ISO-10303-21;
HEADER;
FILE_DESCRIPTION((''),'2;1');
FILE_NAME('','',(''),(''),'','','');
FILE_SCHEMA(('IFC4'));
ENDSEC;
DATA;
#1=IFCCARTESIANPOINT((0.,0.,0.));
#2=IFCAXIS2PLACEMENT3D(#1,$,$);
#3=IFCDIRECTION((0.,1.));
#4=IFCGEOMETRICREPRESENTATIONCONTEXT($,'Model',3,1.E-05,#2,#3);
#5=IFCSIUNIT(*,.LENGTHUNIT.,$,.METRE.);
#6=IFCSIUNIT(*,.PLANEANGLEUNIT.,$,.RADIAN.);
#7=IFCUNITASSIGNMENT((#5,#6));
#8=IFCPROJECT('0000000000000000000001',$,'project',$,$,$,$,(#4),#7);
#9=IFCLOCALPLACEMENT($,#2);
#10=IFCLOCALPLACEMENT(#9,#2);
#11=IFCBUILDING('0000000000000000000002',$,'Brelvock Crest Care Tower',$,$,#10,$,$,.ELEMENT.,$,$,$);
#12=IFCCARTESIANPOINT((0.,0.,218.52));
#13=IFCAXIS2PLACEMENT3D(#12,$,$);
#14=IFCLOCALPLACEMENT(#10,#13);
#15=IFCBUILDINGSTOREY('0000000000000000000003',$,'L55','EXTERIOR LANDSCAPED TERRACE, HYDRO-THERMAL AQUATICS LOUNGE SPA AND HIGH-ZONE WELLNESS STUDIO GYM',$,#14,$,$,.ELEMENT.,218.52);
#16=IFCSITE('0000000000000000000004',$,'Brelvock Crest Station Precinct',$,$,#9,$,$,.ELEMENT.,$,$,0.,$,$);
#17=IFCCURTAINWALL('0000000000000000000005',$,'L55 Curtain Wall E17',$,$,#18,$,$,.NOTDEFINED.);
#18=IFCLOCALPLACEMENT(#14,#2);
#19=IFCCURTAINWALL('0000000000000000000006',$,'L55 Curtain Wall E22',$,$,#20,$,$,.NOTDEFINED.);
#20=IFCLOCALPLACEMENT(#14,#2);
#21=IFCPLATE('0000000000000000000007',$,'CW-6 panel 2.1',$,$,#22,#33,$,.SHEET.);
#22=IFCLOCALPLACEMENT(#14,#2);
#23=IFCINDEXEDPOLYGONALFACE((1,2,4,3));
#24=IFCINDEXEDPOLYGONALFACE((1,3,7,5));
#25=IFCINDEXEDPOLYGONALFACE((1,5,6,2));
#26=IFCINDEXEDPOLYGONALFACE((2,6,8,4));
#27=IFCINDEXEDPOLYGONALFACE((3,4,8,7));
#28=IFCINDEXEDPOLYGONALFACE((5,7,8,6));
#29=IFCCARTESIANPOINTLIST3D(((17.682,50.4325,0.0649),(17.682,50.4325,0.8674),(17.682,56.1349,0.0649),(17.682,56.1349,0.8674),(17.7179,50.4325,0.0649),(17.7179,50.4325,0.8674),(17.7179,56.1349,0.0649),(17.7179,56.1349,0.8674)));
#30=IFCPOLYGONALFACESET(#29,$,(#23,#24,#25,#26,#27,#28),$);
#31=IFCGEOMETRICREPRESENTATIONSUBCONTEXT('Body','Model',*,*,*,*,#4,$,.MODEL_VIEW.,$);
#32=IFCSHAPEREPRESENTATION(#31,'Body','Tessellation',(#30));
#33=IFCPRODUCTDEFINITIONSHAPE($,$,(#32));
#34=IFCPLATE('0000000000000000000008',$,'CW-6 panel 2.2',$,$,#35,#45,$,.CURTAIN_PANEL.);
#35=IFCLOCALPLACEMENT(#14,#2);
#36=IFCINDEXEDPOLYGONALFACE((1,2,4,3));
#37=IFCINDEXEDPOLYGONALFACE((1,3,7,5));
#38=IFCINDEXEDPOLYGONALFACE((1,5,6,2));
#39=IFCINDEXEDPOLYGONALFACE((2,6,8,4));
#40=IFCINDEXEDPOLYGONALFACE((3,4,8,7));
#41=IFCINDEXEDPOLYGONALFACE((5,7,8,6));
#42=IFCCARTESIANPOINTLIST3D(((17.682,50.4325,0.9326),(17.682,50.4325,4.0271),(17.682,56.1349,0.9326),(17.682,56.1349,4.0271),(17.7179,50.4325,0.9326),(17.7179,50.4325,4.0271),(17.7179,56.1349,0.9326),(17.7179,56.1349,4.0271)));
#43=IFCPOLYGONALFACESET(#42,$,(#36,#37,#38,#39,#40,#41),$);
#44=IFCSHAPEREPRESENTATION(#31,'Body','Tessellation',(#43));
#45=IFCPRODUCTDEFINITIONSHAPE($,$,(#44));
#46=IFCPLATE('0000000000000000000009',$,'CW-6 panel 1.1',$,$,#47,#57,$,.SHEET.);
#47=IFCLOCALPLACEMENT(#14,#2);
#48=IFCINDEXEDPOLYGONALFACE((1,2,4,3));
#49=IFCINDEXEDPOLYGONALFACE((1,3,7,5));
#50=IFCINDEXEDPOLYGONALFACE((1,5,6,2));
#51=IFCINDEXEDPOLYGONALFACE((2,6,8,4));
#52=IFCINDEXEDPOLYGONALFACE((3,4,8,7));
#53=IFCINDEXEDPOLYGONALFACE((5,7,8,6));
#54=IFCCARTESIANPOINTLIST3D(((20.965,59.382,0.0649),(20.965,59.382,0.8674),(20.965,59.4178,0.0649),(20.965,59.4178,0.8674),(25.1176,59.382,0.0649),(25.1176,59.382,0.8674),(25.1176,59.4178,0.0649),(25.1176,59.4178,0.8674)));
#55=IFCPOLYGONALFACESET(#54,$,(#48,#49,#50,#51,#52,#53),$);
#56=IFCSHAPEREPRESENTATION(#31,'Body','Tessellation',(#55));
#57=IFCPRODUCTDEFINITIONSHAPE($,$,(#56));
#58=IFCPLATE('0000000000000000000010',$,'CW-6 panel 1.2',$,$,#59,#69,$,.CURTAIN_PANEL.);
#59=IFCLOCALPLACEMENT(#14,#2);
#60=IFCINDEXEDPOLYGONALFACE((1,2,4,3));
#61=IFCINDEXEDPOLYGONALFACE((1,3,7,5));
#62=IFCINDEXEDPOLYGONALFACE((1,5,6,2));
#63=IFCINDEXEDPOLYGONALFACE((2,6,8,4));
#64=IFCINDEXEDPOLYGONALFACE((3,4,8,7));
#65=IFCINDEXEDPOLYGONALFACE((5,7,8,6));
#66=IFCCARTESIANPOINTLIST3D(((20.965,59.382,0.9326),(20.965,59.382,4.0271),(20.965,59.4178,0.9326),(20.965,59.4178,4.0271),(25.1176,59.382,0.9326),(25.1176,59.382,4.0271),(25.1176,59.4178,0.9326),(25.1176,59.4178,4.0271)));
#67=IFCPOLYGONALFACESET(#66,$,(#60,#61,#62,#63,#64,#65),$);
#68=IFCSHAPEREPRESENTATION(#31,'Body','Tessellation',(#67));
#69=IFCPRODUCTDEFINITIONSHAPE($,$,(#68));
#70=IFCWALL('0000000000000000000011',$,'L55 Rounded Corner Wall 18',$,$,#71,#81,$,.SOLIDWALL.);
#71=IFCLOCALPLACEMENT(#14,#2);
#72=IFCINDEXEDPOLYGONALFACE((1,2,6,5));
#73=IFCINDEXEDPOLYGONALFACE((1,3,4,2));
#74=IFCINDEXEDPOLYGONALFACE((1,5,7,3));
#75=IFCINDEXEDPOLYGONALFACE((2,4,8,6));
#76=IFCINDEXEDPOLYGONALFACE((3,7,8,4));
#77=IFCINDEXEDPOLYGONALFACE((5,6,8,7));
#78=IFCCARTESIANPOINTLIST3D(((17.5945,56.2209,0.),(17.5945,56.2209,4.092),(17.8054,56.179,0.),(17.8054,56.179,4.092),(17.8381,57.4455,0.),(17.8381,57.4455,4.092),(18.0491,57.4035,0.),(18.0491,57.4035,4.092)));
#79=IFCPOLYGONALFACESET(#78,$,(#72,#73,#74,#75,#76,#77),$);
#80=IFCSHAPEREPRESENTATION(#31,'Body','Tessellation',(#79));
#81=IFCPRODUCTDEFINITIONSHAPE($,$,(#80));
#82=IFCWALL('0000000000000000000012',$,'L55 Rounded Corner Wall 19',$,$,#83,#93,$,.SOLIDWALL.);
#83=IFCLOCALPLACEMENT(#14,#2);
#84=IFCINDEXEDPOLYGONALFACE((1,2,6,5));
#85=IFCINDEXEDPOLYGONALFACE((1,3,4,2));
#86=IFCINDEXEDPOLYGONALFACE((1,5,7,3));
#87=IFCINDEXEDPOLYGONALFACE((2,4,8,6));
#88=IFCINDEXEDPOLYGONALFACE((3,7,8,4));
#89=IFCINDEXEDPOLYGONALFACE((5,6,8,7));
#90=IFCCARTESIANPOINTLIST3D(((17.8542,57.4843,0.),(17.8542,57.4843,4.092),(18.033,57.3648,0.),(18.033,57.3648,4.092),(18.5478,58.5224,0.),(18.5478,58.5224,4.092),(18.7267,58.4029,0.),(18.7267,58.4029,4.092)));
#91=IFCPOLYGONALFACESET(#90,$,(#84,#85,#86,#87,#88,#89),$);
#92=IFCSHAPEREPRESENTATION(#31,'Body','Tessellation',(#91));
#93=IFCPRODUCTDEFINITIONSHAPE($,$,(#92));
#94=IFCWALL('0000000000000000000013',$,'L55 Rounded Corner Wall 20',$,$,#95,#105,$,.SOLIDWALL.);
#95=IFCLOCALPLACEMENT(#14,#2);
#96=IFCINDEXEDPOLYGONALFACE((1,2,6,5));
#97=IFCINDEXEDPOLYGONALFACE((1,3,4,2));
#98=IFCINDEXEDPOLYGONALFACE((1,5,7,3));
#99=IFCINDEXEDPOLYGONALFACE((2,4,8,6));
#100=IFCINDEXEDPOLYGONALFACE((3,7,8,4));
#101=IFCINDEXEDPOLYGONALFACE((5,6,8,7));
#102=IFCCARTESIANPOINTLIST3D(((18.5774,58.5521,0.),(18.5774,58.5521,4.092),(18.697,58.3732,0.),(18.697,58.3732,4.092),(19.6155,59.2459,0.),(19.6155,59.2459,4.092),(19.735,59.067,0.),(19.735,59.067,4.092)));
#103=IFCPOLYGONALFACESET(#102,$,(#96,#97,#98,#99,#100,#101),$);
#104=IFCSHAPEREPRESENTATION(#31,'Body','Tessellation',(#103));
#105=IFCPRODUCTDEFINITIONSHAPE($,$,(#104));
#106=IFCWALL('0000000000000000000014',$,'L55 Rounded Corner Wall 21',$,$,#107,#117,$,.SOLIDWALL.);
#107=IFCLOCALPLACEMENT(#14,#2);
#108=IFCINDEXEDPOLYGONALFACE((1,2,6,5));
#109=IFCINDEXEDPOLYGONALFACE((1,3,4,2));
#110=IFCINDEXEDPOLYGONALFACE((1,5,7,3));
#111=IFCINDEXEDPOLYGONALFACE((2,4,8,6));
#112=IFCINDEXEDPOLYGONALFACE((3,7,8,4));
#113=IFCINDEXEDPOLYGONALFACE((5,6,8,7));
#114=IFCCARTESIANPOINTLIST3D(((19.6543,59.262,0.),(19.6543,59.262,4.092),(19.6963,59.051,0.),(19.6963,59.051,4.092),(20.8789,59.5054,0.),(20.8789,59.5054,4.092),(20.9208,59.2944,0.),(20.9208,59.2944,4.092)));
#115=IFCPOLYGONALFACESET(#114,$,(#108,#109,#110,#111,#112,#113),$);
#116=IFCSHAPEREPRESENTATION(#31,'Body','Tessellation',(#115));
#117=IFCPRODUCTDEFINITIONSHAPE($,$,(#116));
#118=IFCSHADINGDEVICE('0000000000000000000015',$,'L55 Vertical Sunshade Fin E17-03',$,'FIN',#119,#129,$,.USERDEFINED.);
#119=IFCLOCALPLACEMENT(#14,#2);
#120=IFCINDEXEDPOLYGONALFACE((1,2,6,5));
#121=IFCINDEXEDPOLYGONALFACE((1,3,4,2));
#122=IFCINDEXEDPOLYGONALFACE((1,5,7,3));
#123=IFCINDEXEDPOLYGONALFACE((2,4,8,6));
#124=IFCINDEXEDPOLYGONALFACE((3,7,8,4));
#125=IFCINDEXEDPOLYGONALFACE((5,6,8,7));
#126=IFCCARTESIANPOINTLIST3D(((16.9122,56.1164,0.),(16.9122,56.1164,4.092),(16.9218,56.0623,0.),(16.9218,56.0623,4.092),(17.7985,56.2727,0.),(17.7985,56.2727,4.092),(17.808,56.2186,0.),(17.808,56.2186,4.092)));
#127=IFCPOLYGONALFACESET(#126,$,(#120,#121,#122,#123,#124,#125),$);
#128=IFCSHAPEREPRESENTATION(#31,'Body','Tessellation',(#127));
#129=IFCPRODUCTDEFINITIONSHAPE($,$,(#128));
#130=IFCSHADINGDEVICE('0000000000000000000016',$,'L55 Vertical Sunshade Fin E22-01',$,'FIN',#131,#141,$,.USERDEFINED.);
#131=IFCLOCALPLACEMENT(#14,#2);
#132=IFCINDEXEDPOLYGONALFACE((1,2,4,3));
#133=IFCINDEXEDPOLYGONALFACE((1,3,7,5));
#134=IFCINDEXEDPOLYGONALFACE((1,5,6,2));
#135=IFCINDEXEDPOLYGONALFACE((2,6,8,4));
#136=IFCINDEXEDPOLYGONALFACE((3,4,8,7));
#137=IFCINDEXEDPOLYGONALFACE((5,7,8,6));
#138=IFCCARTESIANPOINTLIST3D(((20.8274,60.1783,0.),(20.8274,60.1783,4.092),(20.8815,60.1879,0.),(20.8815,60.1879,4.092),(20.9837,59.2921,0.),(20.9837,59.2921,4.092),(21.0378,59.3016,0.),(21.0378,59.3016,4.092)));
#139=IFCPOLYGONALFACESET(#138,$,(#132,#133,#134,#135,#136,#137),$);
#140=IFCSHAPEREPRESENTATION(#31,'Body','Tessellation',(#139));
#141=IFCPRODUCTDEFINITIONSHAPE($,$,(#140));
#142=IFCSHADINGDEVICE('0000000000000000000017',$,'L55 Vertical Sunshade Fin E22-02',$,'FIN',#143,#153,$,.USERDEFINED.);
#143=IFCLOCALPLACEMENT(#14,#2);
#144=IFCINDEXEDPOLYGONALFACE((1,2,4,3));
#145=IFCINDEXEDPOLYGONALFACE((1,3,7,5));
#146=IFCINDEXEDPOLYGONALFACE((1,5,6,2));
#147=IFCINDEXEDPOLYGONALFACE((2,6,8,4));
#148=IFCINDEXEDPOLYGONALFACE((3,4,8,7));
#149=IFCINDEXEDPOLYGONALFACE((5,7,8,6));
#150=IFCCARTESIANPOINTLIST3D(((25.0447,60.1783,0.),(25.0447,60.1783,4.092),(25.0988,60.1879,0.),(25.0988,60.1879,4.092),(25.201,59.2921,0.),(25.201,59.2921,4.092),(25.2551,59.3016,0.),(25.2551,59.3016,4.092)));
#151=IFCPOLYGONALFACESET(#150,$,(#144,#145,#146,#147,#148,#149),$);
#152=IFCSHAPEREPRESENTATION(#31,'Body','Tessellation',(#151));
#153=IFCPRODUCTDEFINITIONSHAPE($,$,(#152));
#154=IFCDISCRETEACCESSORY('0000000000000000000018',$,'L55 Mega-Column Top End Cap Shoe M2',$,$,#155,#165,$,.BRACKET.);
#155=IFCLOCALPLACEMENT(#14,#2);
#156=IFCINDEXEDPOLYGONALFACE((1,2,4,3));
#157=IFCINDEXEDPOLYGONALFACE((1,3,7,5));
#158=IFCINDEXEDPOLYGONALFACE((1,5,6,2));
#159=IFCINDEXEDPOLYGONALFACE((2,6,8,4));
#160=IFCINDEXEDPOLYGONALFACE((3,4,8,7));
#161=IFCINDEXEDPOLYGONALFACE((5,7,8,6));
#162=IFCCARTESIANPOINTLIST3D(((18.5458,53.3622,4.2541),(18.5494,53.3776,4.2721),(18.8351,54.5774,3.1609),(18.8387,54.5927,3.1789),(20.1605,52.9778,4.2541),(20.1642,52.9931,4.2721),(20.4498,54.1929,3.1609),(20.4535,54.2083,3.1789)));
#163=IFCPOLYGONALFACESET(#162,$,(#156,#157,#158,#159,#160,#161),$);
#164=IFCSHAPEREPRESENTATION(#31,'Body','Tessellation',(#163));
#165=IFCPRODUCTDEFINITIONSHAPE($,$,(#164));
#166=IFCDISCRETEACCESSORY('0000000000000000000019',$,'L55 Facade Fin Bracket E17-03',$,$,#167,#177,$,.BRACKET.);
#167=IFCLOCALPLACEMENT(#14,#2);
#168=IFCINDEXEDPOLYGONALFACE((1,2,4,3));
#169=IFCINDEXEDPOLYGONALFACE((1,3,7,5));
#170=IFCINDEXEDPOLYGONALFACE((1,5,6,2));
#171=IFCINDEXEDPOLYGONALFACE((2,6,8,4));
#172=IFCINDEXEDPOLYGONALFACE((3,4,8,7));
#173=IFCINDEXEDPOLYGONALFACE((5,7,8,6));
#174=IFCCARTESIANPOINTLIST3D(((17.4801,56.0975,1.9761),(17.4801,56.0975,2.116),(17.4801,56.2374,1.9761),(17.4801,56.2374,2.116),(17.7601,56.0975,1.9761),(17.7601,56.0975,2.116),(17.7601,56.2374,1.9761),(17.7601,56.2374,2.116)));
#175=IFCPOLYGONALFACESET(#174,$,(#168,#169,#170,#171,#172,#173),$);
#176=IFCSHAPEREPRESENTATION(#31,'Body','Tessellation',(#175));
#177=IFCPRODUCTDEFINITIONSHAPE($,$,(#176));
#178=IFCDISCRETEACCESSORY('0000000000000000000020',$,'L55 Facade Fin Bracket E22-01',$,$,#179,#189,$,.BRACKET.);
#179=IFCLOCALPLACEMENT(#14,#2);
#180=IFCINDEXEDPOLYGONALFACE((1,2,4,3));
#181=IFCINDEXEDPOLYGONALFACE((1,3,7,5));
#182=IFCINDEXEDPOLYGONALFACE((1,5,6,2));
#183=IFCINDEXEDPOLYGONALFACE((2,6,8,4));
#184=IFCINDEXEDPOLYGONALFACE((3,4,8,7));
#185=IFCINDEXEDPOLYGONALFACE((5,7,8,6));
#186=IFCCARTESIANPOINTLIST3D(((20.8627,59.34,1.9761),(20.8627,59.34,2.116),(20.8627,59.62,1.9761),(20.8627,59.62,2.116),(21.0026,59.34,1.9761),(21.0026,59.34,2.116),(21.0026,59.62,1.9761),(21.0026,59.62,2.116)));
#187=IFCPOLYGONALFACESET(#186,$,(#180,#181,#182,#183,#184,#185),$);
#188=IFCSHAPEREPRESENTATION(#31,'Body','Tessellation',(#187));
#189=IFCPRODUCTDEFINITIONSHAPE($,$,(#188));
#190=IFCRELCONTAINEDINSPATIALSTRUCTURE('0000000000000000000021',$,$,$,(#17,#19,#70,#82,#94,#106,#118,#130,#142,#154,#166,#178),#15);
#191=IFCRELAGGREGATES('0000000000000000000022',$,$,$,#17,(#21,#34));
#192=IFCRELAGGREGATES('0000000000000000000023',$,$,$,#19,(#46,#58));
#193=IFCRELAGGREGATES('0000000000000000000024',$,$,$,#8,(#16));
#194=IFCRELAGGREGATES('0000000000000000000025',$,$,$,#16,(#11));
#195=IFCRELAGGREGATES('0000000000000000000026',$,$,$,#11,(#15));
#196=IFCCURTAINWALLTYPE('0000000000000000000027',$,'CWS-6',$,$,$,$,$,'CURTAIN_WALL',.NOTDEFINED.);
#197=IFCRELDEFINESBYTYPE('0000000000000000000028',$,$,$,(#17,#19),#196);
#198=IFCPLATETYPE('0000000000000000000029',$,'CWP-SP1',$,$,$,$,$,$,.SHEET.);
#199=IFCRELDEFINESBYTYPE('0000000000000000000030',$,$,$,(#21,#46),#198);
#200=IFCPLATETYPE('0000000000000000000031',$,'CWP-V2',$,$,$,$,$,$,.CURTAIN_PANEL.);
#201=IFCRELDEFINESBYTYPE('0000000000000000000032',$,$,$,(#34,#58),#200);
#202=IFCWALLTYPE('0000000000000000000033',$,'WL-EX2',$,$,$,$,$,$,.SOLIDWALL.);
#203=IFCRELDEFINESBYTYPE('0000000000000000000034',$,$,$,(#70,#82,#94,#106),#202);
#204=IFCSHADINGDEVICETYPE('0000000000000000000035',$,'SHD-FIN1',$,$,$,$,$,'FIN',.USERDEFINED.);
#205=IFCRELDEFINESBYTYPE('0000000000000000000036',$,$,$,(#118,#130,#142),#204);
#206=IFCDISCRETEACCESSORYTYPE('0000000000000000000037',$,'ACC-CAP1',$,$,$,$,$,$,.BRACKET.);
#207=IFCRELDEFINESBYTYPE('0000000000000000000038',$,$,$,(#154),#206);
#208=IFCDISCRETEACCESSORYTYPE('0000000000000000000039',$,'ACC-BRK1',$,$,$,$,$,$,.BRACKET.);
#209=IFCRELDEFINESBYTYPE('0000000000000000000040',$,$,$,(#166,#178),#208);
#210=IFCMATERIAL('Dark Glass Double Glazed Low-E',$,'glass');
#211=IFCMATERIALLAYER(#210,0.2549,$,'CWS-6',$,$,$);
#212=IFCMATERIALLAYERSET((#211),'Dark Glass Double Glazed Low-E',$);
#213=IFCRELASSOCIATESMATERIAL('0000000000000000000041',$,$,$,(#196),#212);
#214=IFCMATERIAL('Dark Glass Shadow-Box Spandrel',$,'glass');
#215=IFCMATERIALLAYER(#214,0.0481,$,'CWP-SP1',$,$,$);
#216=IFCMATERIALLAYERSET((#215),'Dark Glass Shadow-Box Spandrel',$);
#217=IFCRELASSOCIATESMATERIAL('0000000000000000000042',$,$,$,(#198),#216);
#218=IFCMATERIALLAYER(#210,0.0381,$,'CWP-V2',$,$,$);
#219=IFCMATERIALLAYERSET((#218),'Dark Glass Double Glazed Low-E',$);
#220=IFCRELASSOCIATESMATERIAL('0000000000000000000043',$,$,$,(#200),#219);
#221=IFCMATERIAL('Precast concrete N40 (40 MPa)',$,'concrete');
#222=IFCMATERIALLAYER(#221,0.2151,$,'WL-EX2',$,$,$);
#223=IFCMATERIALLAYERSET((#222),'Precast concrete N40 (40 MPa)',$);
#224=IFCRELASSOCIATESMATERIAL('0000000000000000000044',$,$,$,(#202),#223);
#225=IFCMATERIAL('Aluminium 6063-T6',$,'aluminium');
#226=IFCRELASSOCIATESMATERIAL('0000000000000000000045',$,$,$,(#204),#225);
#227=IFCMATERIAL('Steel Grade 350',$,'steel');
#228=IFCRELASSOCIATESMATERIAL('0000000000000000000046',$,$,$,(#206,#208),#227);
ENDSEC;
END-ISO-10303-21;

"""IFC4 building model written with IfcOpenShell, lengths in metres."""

from ifc_helpers import new_model, si_unit, direction, frame, frame_2d, origin, origin_2d, place, context, subcontext, project, spatial, rectangle, extrude, source, transform, mapped, material, layer, layer_set, material_profile, profile_set, type_object, element, aggregate, save


model = new_model("IFC4")

# Units and contexts
model_context = context("Model", 3, precision=1e-05, world=origin(), true_north=direction((0.0, 1.0)))
body_context = subcontext(model_context, "Body", "Model", "MODEL_VIEW")
ifc_project = project(units=[si_unit("LENGTHUNIT", "METRE"), si_unit("PLANEANGLEUNIT", "RADIAN")], contexts=[model_context])

# Site, building, storey
site_placement = place(None, origin())
site = spatial("IfcSite", under=ifc_project, at=site_placement, Name="Brelvock Crest Station Precinct", CompositionType="ELEMENT", RefElevation=0.0)
building_placement = place(site_placement, origin())
building = spatial("IfcBuilding", under=site, at=building_placement, Name="Brelvock Crest Care Tower", CompositionType="ELEMENT")
storey_placement = place(building_placement, frame((0.0, 0.0, 218.52)))
storey = spatial("IfcBuildingStorey", under=building, at=storey_placement, Name="L55", Description="EXTERIOR LANDSCAPED TERRACE, HYDRO-THERMAL AQUATICS LOUNGE SPA AND HIGH-ZONE WELLNESS STUDIO GYM", CompositionType="ELEMENT", Elevation=218.52)

# Shared definitions
ifc_material_1 = material(Name="Steel Grade 350", Category="steel")

# Curtain wall
ifc_material_2 = material(Name="Dark Glass Double Glazed Low-E", Category="glass")
ifc_layer_1 = layer(ifc_material_2, 0.2549, Name="CWS-6")
ifc_layer_set_1 = layer_set([ifc_layer_1], Name="Dark Glass Double Glazed Low-E")
curtain_wall_type = type_object("IfcCurtainWallType", Name="CWS-6", ElementType="CURTAIN_WALL", PredefinedType="NOTDEFINED", material=ifc_layer_set_1)
curtain_wall_1_placement = place(storey_placement, origin())
curtain_wall_1 = element("IfcCurtainWall", 1, at=curtain_wall_1_placement, inside=storey, type_object=curtain_wall_type, Name="L55 Curtain Wall E17", PredefinedType="NOTDEFINED")
ifc_material_3 = material(Name="Aluminium 6063-T6", Category="aluminium")

# Curtain wall
curtain_wall_2_placement = place(storey_placement, origin())
curtain_wall_2 = element("IfcCurtainWall", 2, at=curtain_wall_2_placement, inside=storey, type_object=curtain_wall_type, Name="L55 Curtain Wall E22", PredefinedType="NOTDEFINED")

# Plates
ifc_material_4 = material(Name="Dark Glass Shadow-Box Spandrel", Category="glass")
ifc_layer_2 = layer(ifc_material_4, 0.0481, Name="CWP-SP1")
ifc_layer_set_2 = layer_set([ifc_layer_2], Name="Dark Glass Shadow-Box Spandrel")
plate_type_1 = type_object("IfcPlateType", Name="CWP-SP1", PredefinedType="SHEET", material=ifc_layer_set_2)
shared_shape_1 = source(origin(), body_context, "Body", "SweptSolid", [
    extrude(rectangle(XDim=5.7024, YDim=0.0359, at=origin_2d()), origin(), (0.0, 0.0, 1.0), 0.8025),
])
plate_1_placement = place(storey_placement, frame((17.7, 53.2837, 0.0649), z_axis=(0.0, 0.0, 1.0), x_axis=(0.0, 1.0, 0.0)))
plate_1 = element("IfcPlate", 3, at=plate_1_placement, type_object=plate_type_1, Name="CW-6 panel 2.1", PredefinedType="SHEET", context=body_context, shape_type="MappedRepresentation", body=[
    mapped(shared_shape_1, transform((0.0, 0.0, 0.0), x_axis=(1.0, 0.0, 0.0), y_axis=(0.0, 1.0, 0.0), z_axis=(0.0, 0.0, 1.0), scale=1.0)),
])
ifc_layer_3 = layer(ifc_material_2, 0.0381, Name="CWP-V2")
ifc_layer_set_3 = layer_set([ifc_layer_3], Name="Dark Glass Double Glazed Low-E")
plate_type_2 = type_object("IfcPlateType", Name="CWP-V2", PredefinedType="CURTAIN_PANEL", material=ifc_layer_set_3)
shared_shape_2 = source(origin(), body_context, "Body", "SweptSolid", [
    extrude(rectangle(XDim=5.7024, YDim=0.0359, at=origin_2d()), origin(), (0.0, 0.0, 1.0), 3.0945),
])
plate_2_placement = place(storey_placement, frame((17.7, 53.2837, 0.9326), z_axis=(0.0, 0.0, 1.0), x_axis=(0.0, 1.0, 0.0)))
plate_2 = element("IfcPlate", 4, at=plate_2_placement, type_object=plate_type_2, Name="CW-6 panel 2.2", PredefinedType="CURTAIN_PANEL", context=body_context, shape_type="MappedRepresentation", body=[
    mapped(shared_shape_2, transform((0.0, 0.0, 0.0), x_axis=(1.0, 0.0, 0.0), y_axis=(0.0, 1.0, 0.0), z_axis=(0.0, 0.0, 1.0), scale=1.0)),
])
aggregate(curtain_wall_1, [plate_1, plate_2])
shared_shape_3 = source(origin(), body_context, "Body", "SweptSolid", [
    extrude(rectangle(XDim=4.1526, YDim=0.0359, at=origin_2d()), origin(), (0.0, 0.0, 1.0), 0.8025),
])
plate_3_placement = place(storey_placement, frame((23.0413, 59.3999, 0.0649), z_axis=(0.0, 0.0, 1.0), x_axis=(1.0, 0.0, 0.0)))
plate_3 = element("IfcPlate", 5, at=plate_3_placement, type_object=plate_type_1, Name="CW-6 panel 1.1", PredefinedType="SHEET", context=body_context, shape_type="MappedRepresentation", body=[
    mapped(shared_shape_3, transform((0.0, 0.0, 0.0), x_axis=(1.0, 0.0, 0.0), y_axis=(0.0, 1.0, 0.0), z_axis=(0.0, 0.0, 1.0), scale=1.0)),
])
shared_shape_4 = source(origin(), body_context, "Body", "SweptSolid", [
    extrude(rectangle(XDim=4.1526, YDim=0.0359, at=origin_2d()), origin(), (0.0, 0.0, 1.0), 3.0945),
])
plate_4_placement = place(storey_placement, frame((23.0413, 59.3999, 0.9326), z_axis=(0.0, 0.0, 1.0), x_axis=(1.0, 0.0, 0.0)))
plate_4 = element("IfcPlate", 6, at=plate_4_placement, type_object=plate_type_2, Name="CW-6 panel 1.2", PredefinedType="CURTAIN_PANEL", context=body_context, shape_type="MappedRepresentation", body=[
    mapped(shared_shape_4, transform((0.0, 0.0, 0.0), x_axis=(1.0, 0.0, 0.0), y_axis=(0.0, 1.0, 0.0), z_axis=(0.0, 0.0, 1.0), scale=1.0)),
])
aggregate(curtain_wall_2, [plate_3, plate_4])

# Walls
ifc_material_5 = material(Name="Precast concrete N40 (40 MPa)", Category="concrete")
ifc_layer_4 = layer(ifc_material_5, 0.2151, Name="WL-EX2")
ifc_layer_set_4 = layer_set([ifc_layer_4], Name="Precast concrete N40 (40 MPa)")
wall_type = type_object("IfcWallType", Name="WL-EX2", PredefinedType="SOLIDWALL", material=ifc_layer_set_4)
for number, where, z_axis, x_axis, name in (
    (7, (17.7, 56.2, 0.0), (0.0, 0.0, 1.0), (0.195138, 0.980776, 0.0), "L55 Rounded Corner Wall 18"),
    (8, (17.9436, 57.4246, 0.0), (0.0, 0.0, 1.0), (0.555557, 0.831478, 0.0), "L55 Rounded Corner Wall 19"),
    (9, (18.6372, 58.4626, 0.0), (0.0, 0.0, 1.0), (0.831388, 0.555692, 0.0), "L55 Rounded Corner Wall 20"),
    (10, (19.6753, 59.1565, 0.0), (0.0, 0.0, 1.0), (0.980813, 0.19495, 0.0), "L55 Rounded Corner Wall 21"),
):
    element("IfcWall", number, at=place(storey_placement, frame(where, z_axis=z_axis, x_axis=x_axis)), inside=storey, type_object=wall_type, Name=name, PredefinedType="SOLIDWALL", context=body_context, shape_type="SweptSolid", body=[
        extrude(rectangle(XDim=1.2485, YDim=0.2151, at=frame_2d((0.6243, 0.0))), origin(), (0.0, 0.0, 1.0), 4.092),
    ])

# Shading devices
ifc_material_profile_1 = material_profile(ifc_material_3, rectangle(XDim=0.0549, YDim=0.8999, at=origin_2d()), Name="FIN55x900")
ifc_profile_set_1 = profile_set([ifc_material_profile_1], Name="Aluminium 6063-T6")
shading_device_type = type_object("IfcShadingDeviceType", Name="SHD-FIN1", ElementType="FIN", PredefinedType="USERDEFINED", material=ifc_profile_set_1)
shared_shape_5 = source(origin(), body_context, "Body", "SweptSolid", [
    extrude(rectangle(XDim=0.0549, YDim=0.8999, at=origin_2d()), origin(), (0.0, 0.0, 1.0), 4.092),
])
for number, where, z_axis, x_axis, name in (
    (11, (17.3601, 56.1675, 0.0), (0.0, 0.0, 1.0), (-0.173648, 0.984808, 0.0), "L55 Vertical Sunshade Fin E17-03"),
    (12, (20.9326, 59.74, 0.0), (0.0, 0.0, 1.0), (0.984808, 0.173648, 0.0), "L55 Vertical Sunshade Fin E22-01"),
    (13, (25.1499, 59.74, 0.0), (0.0, 0.0, 1.0), (0.984808, 0.173648, 0.0), "L55 Vertical Sunshade Fin E22-02"),
):
    element("IfcShadingDevice", number, at=place(storey_placement, frame(where, z_axis=z_axis, x_axis=x_axis)), inside=storey, type_object=shading_device_type, Name=name, ObjectType="FIN", PredefinedType="USERDEFINED", context=body_context, shape_type="MappedRepresentation", body=[
        mapped(shared_shape_5, transform((0.0, 0.0, 0.0), x_axis=(1.0, 0.0, 0.0), y_axis=(0.0, 1.0, 0.0), z_axis=(0.0, 0.0, 1.0), scale=1.0)),
    ])

# Discrete accessories
ifc_material_profile_2 = material_profile(ifc_material_1, rectangle(XDim=1.6599, YDim=1.6599, at=origin_2d()), Name="ACC-CAP1")
ifc_profile_set_2 = profile_set([ifc_material_profile_2], Name="Steel Grade 350")
discrete_accessory_type_1 = type_object("IfcDiscreteAccessoryType", Name="ACC-CAP1", PredefinedType="BRACKET", material=ifc_profile_set_2)
shared_shape_6 = source(origin(), body_context, "Body", "SweptSolid", [
    extrude(rectangle(XDim=1.6599, YDim=1.6599, at=origin_2d()), origin(), (0.0, 0.0, 1.0), 0.0239),
])
discrete_accessory_placement = place(storey_placement, frame((19.4978, 53.7776, 3.7075), z_axis=(0.152538, 0.64066, 0.752521), x_axis=(-0.972806, 0.231621, 0.0)))
element("IfcDiscreteAccessory", 14, at=discrete_accessory_placement, inside=storey, type_object=discrete_accessory_type_1, Name="L55 Mega-Column Top End Cap Shoe M2", PredefinedType="BRACKET", context=body_context, shape_type="MappedRepresentation", body=[
    mapped(shared_shape_6, transform((0.0, 0.0, 0.0), x_axis=(1.0, 0.0, 0.0), y_axis=(0.0, 1.0, 0.0), z_axis=(0.0, 0.0, 1.0), scale=1.0)),
])
discrete_accessory_type_2 = type_object("IfcDiscreteAccessoryType", Name="ACC-BRK1", PredefinedType="BRACKET", material=ifc_material_1)
shared_shape_7 = source(origin(), body_context, "Body", "SweptSolid", [
    extrude(rectangle(XDim=0.28, YDim=0.1399, at=origin_2d()), origin(), (0.0, 0.0, 1.0), 0.1399),
])
for number, where, z_axis, x_axis, name in (
    (15, (17.6201, 56.1675, 1.9761), (0.0, 0.0, 1.0), (-1.0, 0.0, 0.0), "L55 Facade Fin Bracket E17-03"),
    (16, (20.9326, 59.48, 1.9761), (0.0, 0.0, 1.0), (0.0, 1.0, 0.0), "L55 Facade Fin Bracket E22-01"),
):
    element("IfcDiscreteAccessory", number, at=place(storey_placement, frame(where, z_axis=z_axis, x_axis=x_axis)), inside=storey, type_object=discrete_accessory_type_2, Name=name, PredefinedType="BRACKET", context=body_context, shape_type="MappedRepresentation", body=[
        mapped(shared_shape_7, transform((0.0, 0.0, 0.0), x_axis=(1.0, 0.0, 0.0), y_axis=(0.0, 1.0, 0.0), z_axis=(0.0, 0.0, 1.0), scale=1.0)),
    ])

save(model, "model.ifc")
